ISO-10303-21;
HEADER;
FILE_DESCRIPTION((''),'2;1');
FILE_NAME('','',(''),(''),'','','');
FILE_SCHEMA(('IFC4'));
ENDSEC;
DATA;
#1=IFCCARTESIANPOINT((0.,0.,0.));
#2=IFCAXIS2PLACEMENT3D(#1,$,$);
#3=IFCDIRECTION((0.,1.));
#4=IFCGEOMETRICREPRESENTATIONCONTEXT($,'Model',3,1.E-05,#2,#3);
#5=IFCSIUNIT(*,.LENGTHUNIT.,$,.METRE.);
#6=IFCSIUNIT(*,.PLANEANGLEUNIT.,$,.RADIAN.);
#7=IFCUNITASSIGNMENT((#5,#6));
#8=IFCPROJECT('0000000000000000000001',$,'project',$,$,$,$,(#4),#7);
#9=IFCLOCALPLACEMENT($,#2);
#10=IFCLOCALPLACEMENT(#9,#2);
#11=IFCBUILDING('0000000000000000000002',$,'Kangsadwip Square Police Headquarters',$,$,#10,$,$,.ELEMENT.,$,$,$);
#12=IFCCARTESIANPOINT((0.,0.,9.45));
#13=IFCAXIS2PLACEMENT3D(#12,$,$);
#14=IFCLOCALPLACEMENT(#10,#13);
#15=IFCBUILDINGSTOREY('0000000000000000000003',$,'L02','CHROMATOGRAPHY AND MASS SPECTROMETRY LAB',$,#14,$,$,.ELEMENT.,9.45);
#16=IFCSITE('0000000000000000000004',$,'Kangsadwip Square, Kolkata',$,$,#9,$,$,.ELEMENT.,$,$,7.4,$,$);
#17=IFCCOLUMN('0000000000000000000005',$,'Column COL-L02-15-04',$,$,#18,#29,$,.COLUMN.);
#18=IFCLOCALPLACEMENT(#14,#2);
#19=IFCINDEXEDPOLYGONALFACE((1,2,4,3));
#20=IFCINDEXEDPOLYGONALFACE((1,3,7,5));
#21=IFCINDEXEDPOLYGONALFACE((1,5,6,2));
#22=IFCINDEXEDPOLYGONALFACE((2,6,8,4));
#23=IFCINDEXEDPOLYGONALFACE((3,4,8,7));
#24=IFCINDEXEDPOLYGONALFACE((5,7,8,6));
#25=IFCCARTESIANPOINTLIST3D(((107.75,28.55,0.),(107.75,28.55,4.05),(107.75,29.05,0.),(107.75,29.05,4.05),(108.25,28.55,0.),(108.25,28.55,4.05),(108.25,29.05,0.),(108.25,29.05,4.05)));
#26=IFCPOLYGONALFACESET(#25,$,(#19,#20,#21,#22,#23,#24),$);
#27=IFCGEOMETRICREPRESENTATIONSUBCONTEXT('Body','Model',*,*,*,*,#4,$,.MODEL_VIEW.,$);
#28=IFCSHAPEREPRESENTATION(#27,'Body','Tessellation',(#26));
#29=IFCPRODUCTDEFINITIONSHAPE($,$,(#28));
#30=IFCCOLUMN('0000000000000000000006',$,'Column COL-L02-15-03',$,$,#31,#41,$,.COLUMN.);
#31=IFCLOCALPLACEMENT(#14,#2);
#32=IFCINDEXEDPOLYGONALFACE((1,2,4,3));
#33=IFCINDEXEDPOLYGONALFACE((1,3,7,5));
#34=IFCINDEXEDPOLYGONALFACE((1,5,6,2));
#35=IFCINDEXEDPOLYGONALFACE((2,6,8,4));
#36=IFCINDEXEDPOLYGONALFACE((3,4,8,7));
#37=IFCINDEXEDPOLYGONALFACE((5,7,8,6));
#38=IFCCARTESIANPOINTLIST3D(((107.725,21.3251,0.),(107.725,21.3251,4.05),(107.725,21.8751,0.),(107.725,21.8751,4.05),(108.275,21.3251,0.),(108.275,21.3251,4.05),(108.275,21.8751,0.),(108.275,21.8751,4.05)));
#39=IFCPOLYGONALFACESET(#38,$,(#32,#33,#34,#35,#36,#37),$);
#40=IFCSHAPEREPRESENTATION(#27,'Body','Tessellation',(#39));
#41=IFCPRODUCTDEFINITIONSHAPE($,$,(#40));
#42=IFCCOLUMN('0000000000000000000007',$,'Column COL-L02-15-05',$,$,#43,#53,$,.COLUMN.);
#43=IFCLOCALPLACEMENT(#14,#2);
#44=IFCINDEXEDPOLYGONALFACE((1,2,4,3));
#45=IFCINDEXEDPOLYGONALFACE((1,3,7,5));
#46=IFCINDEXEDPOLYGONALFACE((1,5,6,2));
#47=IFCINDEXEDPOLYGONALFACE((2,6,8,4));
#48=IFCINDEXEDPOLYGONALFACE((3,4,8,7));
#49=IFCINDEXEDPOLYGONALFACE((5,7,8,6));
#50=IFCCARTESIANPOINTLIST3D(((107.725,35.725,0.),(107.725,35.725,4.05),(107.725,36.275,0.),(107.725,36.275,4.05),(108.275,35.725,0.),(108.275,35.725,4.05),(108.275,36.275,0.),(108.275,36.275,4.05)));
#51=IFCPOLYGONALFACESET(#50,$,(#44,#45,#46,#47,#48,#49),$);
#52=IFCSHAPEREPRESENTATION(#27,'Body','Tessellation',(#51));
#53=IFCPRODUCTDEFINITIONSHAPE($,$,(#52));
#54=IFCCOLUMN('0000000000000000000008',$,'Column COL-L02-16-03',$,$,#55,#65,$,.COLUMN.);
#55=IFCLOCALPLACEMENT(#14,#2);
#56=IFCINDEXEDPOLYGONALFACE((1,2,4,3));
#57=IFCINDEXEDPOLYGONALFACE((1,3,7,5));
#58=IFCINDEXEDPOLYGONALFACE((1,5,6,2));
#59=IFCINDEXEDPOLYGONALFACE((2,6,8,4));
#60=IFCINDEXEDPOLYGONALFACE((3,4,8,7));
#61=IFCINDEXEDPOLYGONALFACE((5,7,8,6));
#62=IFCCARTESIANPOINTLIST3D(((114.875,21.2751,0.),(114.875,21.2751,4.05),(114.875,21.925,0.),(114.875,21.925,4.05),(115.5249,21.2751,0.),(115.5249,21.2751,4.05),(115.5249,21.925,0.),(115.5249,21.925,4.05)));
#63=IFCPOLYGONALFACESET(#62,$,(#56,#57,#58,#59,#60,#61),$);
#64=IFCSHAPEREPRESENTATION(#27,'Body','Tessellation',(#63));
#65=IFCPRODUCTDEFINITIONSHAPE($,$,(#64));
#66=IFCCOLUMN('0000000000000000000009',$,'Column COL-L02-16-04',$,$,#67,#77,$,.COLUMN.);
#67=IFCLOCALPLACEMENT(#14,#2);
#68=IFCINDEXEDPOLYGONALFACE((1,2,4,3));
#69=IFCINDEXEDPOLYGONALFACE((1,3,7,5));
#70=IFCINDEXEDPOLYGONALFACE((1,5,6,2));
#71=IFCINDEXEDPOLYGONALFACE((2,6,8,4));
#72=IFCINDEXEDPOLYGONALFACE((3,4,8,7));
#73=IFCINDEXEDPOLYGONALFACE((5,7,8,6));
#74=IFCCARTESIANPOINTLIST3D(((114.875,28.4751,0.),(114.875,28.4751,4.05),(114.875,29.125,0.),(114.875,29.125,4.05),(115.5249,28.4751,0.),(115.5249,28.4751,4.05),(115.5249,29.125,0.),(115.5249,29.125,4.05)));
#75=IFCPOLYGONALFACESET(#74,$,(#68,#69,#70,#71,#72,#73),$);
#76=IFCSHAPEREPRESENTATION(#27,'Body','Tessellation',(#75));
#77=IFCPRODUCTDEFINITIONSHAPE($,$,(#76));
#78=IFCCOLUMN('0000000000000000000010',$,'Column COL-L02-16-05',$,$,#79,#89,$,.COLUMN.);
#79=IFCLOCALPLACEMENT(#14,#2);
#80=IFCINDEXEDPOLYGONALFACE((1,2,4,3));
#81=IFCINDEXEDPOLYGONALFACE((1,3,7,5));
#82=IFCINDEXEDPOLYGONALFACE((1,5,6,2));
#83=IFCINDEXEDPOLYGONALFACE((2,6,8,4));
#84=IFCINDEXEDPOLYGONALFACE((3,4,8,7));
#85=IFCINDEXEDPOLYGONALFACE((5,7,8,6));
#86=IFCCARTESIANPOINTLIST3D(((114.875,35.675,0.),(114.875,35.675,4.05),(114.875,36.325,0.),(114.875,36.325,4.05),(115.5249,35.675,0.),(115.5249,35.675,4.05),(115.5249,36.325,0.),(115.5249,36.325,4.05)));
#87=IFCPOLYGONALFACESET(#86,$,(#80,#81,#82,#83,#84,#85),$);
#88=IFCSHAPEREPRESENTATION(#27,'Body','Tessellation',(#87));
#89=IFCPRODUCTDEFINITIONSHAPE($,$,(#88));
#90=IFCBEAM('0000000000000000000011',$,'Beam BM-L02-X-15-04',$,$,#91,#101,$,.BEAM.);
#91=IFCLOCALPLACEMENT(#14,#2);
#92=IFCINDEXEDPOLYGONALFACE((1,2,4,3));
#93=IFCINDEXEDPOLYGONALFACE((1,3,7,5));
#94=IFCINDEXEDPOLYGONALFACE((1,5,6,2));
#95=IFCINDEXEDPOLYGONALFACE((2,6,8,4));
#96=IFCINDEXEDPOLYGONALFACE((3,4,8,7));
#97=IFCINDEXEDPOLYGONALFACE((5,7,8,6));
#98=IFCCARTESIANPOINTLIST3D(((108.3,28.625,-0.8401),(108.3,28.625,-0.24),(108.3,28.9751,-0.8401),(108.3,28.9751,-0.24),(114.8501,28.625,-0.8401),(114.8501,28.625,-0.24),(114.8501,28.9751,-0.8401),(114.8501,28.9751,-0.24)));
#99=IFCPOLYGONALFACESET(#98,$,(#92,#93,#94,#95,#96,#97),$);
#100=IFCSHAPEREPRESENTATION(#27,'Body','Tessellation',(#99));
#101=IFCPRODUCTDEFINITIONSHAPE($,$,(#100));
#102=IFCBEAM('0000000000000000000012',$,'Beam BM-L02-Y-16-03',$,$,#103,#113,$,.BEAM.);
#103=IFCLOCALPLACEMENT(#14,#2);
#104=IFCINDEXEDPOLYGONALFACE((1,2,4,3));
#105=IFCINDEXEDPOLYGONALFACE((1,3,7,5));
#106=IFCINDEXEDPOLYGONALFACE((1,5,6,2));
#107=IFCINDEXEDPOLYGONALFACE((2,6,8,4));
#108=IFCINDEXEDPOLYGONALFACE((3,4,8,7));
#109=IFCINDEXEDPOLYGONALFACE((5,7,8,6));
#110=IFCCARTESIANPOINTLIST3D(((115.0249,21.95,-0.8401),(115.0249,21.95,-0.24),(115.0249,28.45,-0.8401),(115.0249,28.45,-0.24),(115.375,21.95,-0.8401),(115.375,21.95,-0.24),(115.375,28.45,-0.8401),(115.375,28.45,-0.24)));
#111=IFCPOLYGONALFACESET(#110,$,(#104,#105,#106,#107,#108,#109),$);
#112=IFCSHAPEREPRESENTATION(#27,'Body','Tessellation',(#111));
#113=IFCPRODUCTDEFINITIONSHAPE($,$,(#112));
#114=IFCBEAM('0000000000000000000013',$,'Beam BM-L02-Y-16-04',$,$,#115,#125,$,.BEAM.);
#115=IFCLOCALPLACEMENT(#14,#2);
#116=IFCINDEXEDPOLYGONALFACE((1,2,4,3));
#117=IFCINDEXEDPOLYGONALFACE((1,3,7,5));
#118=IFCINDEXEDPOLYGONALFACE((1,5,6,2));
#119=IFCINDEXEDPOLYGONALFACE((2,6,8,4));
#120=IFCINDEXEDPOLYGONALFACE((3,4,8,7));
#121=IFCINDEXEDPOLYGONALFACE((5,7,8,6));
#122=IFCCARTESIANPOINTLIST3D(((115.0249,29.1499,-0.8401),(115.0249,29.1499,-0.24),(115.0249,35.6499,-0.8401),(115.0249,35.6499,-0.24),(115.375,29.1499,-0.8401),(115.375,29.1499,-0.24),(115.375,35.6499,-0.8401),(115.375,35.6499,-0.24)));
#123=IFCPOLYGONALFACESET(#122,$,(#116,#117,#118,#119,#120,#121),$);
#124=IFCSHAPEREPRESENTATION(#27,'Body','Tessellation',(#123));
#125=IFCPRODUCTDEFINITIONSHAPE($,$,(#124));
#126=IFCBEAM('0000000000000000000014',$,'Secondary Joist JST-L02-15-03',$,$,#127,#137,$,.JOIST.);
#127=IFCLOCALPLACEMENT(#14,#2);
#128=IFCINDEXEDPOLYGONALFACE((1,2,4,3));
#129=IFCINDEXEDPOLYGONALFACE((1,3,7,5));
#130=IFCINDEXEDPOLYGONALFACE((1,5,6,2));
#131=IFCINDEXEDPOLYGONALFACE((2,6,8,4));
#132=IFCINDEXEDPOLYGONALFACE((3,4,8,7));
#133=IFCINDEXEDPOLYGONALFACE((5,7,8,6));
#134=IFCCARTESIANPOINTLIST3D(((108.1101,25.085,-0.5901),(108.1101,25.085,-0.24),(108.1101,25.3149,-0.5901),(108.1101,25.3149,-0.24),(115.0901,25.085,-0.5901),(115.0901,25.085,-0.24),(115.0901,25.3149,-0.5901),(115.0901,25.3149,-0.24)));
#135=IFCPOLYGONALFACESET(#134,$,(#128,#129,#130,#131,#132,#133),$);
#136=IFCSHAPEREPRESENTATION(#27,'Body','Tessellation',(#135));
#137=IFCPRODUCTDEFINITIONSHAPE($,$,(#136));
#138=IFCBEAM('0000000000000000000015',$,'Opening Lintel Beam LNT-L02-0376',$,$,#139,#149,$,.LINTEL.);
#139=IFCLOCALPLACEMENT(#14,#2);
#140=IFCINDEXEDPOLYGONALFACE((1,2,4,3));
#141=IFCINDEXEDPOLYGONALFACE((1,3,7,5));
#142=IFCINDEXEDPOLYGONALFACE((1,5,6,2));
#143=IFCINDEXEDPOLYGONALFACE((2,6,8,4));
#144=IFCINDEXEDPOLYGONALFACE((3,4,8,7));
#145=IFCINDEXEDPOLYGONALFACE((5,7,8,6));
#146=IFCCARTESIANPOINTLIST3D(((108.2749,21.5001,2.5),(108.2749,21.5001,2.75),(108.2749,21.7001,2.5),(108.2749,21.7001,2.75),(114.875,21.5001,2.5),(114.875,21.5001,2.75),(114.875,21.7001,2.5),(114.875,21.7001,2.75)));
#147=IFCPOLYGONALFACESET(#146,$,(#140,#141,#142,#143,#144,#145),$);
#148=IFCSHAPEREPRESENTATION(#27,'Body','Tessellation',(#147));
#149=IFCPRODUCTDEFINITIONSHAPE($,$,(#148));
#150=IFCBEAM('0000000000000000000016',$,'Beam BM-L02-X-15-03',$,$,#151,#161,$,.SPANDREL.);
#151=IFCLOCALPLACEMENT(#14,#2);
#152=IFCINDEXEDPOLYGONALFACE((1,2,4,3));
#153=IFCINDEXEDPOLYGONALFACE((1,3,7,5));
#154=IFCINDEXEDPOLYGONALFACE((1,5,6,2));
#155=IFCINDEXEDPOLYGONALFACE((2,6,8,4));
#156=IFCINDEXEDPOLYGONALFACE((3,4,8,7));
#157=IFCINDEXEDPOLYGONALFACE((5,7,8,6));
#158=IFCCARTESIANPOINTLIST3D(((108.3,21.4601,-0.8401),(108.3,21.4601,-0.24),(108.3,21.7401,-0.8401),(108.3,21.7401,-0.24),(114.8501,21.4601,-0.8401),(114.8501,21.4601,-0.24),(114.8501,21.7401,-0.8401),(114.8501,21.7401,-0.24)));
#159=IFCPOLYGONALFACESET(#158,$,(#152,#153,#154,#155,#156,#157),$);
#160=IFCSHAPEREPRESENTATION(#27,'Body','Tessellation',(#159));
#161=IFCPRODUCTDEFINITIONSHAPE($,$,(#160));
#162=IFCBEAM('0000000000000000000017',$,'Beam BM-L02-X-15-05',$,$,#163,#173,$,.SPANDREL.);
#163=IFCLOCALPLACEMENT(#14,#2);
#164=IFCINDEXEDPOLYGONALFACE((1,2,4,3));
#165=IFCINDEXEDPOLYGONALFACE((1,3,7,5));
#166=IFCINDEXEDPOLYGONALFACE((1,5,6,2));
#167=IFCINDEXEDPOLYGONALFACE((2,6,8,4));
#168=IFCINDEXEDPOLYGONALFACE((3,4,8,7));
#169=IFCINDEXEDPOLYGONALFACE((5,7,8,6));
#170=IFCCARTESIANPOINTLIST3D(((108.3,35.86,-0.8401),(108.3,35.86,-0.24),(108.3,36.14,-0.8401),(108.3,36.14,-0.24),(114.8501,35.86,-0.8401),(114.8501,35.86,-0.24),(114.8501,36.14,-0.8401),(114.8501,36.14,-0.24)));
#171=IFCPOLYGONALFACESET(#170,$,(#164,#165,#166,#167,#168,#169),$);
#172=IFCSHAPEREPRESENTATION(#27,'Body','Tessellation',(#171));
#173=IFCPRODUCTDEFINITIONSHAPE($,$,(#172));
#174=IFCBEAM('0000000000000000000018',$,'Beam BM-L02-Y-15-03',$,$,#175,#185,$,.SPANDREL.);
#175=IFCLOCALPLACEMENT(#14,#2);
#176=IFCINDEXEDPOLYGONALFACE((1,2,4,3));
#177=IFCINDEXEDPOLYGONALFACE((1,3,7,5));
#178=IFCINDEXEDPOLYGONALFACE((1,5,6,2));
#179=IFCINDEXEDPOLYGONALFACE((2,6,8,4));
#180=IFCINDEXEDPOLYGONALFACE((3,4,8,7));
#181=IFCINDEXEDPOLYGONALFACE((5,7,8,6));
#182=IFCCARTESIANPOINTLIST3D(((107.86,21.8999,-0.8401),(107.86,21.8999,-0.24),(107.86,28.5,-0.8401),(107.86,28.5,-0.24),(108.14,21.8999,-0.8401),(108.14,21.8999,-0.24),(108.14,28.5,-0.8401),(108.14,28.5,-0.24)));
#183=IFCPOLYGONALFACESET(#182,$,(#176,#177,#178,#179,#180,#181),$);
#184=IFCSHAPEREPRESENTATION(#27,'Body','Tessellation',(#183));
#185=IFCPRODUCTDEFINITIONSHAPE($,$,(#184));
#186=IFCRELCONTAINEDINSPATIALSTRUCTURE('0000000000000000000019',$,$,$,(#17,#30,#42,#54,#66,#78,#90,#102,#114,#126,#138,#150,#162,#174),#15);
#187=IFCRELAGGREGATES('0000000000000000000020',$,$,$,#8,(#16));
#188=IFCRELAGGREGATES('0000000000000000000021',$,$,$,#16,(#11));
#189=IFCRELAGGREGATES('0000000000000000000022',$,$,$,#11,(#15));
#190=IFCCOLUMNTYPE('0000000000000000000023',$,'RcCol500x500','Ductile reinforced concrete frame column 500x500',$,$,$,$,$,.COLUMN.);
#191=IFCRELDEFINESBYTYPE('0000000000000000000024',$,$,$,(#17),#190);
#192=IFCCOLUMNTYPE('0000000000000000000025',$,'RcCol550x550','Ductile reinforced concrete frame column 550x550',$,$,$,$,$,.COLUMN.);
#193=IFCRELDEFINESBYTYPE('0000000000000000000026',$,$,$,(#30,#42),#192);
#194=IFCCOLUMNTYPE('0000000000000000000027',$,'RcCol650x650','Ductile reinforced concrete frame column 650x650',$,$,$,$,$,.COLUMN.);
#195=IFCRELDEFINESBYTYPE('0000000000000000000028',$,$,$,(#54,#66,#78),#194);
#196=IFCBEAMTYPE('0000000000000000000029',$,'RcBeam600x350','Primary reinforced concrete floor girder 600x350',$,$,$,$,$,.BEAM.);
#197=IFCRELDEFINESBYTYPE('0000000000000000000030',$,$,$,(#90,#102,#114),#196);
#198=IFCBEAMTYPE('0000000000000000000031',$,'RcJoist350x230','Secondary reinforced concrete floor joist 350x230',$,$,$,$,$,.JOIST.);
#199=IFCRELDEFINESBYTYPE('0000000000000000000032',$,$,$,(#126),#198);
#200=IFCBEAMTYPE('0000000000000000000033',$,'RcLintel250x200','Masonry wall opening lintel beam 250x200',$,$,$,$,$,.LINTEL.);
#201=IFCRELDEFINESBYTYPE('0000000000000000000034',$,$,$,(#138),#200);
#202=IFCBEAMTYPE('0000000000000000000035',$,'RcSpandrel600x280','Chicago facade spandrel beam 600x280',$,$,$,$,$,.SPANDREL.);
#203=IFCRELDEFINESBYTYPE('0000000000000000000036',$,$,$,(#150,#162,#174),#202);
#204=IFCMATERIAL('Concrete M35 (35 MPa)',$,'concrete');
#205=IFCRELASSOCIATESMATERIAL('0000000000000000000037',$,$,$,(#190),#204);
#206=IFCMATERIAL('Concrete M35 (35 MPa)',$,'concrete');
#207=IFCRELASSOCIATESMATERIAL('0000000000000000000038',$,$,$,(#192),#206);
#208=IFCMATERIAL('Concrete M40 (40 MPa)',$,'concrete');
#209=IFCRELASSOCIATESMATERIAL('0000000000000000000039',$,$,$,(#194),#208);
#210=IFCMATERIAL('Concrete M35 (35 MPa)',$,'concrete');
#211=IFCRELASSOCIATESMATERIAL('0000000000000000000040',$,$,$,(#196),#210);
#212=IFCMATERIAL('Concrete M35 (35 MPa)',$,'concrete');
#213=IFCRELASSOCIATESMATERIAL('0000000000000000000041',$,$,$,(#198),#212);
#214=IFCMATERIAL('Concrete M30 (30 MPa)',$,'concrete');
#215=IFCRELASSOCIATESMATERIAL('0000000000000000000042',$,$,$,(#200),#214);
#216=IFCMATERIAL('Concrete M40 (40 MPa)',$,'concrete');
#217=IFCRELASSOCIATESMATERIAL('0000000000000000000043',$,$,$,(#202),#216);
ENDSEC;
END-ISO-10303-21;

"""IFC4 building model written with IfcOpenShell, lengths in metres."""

from ifc_helpers import new_model, si_unit, direction, frame, origin, origin_2d, place, context, subcontext, project, spatial, rectangle, extrude, material, material_profile, profile_set, type_object, element, save


model = new_model("IFC4")

# Units and contexts
model_context = context("Model", 3, precision=1e-05, world=origin(), true_north=direction((0.0, 1.0)))
body_context = subcontext(model_context, "Body", "Model", "MODEL_VIEW")
ifc_project = project(units=[si_unit("LENGTHUNIT", "METRE"), si_unit("PLANEANGLEUNIT", "RADIAN")], contexts=[model_context])

# Site, building, storey
site_placement = place(None, origin())
site = spatial("IfcSite", under=ifc_project, at=site_placement, Name="Kangsadwip Square, Kolkata", CompositionType="ELEMENT", RefElevation=7.4)
building_placement = place(site_placement, origin())
building = spatial("IfcBuilding", under=site, at=building_placement, Name="Kangsadwip Square Police Headquarters", CompositionType="ELEMENT")
storey_placement = place(building_placement, frame((0.0, 0.0, 9.45)))
storey = spatial("IfcBuildingStorey", under=building, at=storey_placement, Name="L02", Description="CHROMATOGRAPHY AND MASS SPECTROMETRY LAB", CompositionType="ELEMENT", Elevation=9.45)

# Columns
ifc_material_1 = material(Name="Concrete M35 (35 MPa)", Category="concrete")
ifc_material_profile_1 = material_profile(ifc_material_1, rectangle(XDim=0.5, YDim=0.5, at=origin_2d()), Name="RC COL 500X500")
ifc_profile_set_1 = profile_set([ifc_material_profile_1], Name="Concrete M35 (35 MPa)")
column_type_1 = type_object("IfcColumnType", Name="RcCol500x500", Description="Ductile reinforced concrete frame column 500x500", PredefinedType="COLUMN", material=ifc_profile_set_1)
column_placement = place(storey_placement, frame((108.0, 28.8, 0.0), z_axis=(0.0, 0.0, 1.0), x_axis=(1.0, 0.0, 0.0)))
element("IfcColumn", 1, at=column_placement, inside=storey, type_object=column_type_1, Name="Column COL-L02-15-04", PredefinedType="COLUMN", context=body_context, shape_type="SweptSolid", body=[
    extrude(rectangle(XDim=0.5, YDim=0.5, at=origin_2d()), origin(), (0.0, 0.0, 1.0), 4.05),
])
ifc_material_2 = material(Name="Concrete M35 (35 MPa)", Category="concrete")
ifc_material_profile_2 = material_profile(ifc_material_2, rectangle(XDim=0.55, YDim=0.55, at=origin_2d()), Name="RC COL 550X550")
ifc_profile_set_2 = profile_set([ifc_material_profile_2], Name="Concrete M35 (35 MPa)")
column_type_2 = type_object("IfcColumnType", Name="RcCol550x550", Description="Ductile reinforced concrete frame column 550x550", PredefinedType="COLUMN", material=ifc_profile_set_2)
for number, where, z_axis, x_axis, name in (
    (2, (108.0, 21.6001, 0.0), (0.0, 0.0, 1.0), (1.0, 0.0, 0.0), "Column COL-L02-15-03"),
    (3, (108.0, 36.0, 0.0), (0.0, 0.0, 1.0), (1.0, 0.0, 0.0), "Column COL-L02-15-05"),
):
    element("IfcColumn", number, at=place(storey_placement, frame(where, z_axis=z_axis, x_axis=x_axis)), inside=storey, type_object=column_type_2, Name=name, PredefinedType="COLUMN", context=body_context, shape_type="SweptSolid", body=[
        extrude(rectangle(XDim=0.55, YDim=0.55, at=origin_2d()), origin(), (0.0, 0.0, 1.0), 4.05),
    ])
ifc_material_3 = material(Name="Concrete M40 (40 MPa)", Category="concrete")
ifc_material_profile_3 = material_profile(ifc_material_3, rectangle(XDim=0.6499, YDim=0.6499, at=origin_2d()), Name="RC COL 650X650")
ifc_profile_set_3 = profile_set([ifc_material_profile_3], Name="Concrete M40 (40 MPa)")
column_type_3 = type_object("IfcColumnType", Name="RcCol650x650", Description="Ductile reinforced concrete frame column 650x650", PredefinedType="COLUMN", material=ifc_profile_set_3)
for number, where, z_axis, x_axis, name in (
    (4, (115.2, 21.6001, 0.0), (0.0, 0.0, 1.0), (1.0, 0.0, 0.0), "Column COL-L02-16-03"),
    (5, (115.2, 28.8, 0.0), (0.0, 0.0, 1.0), (1.0, 0.0, 0.0), "Column COL-L02-16-04"),
    (6, (115.2, 36.0, 0.0), (0.0, 0.0, 1.0), (1.0, 0.0, 0.0), "Column COL-L02-16-05"),
):
    element("IfcColumn", number, at=place(storey_placement, frame(where, z_axis=z_axis, x_axis=x_axis)), inside=storey, type_object=column_type_3, Name=name, PredefinedType="COLUMN", context=body_context, shape_type="SweptSolid", body=[
        extrude(rectangle(XDim=0.6499, YDim=0.6499, at=origin_2d()), origin(), (0.0, 0.0, 1.0), 4.05),
    ])

# Beams
ifc_material_4 = material(Name="Concrete M35 (35 MPa)", Category="concrete")
ifc_material_profile_4 = material_profile(ifc_material_4, rectangle(XDim=0.3501, YDim=0.6001, at=origin_2d()), Name="RC BM 600X350")
ifc_profile_set_4 = profile_set([ifc_material_profile_4], Name="Concrete M35 (35 MPa)")
beam_type_1 = type_object("IfcBeamType", Name="RcBeam600x350", Description="Primary reinforced concrete floor girder 600x350", PredefinedType="BEAM", material=ifc_profile_set_4)
beam_1_placement = place(storey_placement, frame((108.3, 28.8, -0.54), z_axis=(1.0, 0.0, 0.0), x_axis=(0.0, 1.0, 0.0)))
element("IfcBeam", 7, at=beam_1_placement, inside=storey, type_object=beam_type_1, Name="Beam BM-L02-X-15-04", PredefinedType="BEAM", context=body_context, shape_type="SweptSolid", body=[
    extrude(rectangle(XDim=0.3501, YDim=0.6001, at=origin_2d()), origin(), (0.0, 0.0, 1.0), 6.55),
])
for number, where, z_axis, x_axis, name in (
    (8, (115.2, 21.95, -0.54), (0.0, 1.0, 0.0), (-1.0, 0.0, 0.0), "Beam BM-L02-Y-16-03"),
    (9, (115.2, 29.1499, -0.54), (0.0, 1.0, 0.0), (-1.0, 0.0, 0.0), "Beam BM-L02-Y-16-04"),
):
    element("IfcBeam", number, at=place(storey_placement, frame(where, z_axis=z_axis, x_axis=x_axis)), inside=storey, type_object=beam_type_1, Name=name, PredefinedType="BEAM", context=body_context, shape_type="SweptSolid", body=[
        extrude(rectangle(XDim=0.3501, YDim=0.6001, at=origin_2d()), origin(), (0.0, 0.0, 1.0), 6.5),
    ])
ifc_material_5 = material(Name="Concrete M35 (35 MPa)", Category="concrete")
ifc_material_profile_5 = material_profile(ifc_material_5, rectangle(XDim=0.23, YDim=0.3501, at=origin_2d()), Name="RC JST 350X230")
ifc_profile_set_5 = profile_set([ifc_material_profile_5], Name="Concrete M35 (35 MPa)")
beam_type_2 = type_object("IfcBeamType", Name="RcJoist350x230", Description="Secondary reinforced concrete floor joist 350x230", PredefinedType="JOIST", material=ifc_profile_set_5)
beam_2_placement = place(storey_placement, frame((108.1101, 25.2, -0.415), z_axis=(1.0, 0.0, 0.0), x_axis=(0.0, 1.0, 0.0)))
element("IfcBeam", 10, at=beam_2_placement, inside=storey, type_object=beam_type_2, Name="Secondary Joist JST-L02-15-03", PredefinedType="JOIST", context=body_context, shape_type="SweptSolid", body=[
    extrude(rectangle(XDim=0.23, YDim=0.3501, at=origin_2d()), origin(), (0.0, 0.0, 1.0), 6.98),
])
ifc_material_6 = material(Name="Concrete M30 (30 MPa)", Category="concrete")
ifc_material_profile_6 = material_profile(ifc_material_6, rectangle(XDim=0.2, YDim=0.25, at=origin_2d()), Name="RC LNT 250X200")
ifc_profile_set_6 = profile_set([ifc_material_profile_6], Name="Concrete M30 (30 MPa)")
beam_type_3 = type_object("IfcBeamType", Name="RcLintel250x200", Description="Masonry wall opening lintel beam 250x200", PredefinedType="LINTEL", material=ifc_profile_set_6)
beam_3_placement = place(storey_placement, frame((108.2749, 21.6001, 2.625), z_axis=(1.0, 0.0, 0.0), x_axis=(0.0, 1.0, 0.0)))
element("IfcBeam", 11, at=beam_3_placement, inside=storey, type_object=beam_type_3, Name="Opening Lintel Beam LNT-L02-0376", PredefinedType="LINTEL", context=body_context, shape_type="SweptSolid", body=[
    extrude(rectangle(XDim=0.2, YDim=0.25, at=origin_2d()), origin(), (0.0, 0.0, 1.0), 6.6001),
])
ifc_material_7 = material(Name="Concrete M40 (40 MPa)", Category="concrete")
ifc_material_profile_7 = material_profile(ifc_material_7, rectangle(XDim=0.28, YDim=0.6001, at=origin_2d()), Name="RC SPN 600X280")
ifc_profile_set_7 = profile_set([ifc_material_profile_7], Name="Concrete M40 (40 MPa)")
beam_type_4 = type_object("IfcBeamType", Name="RcSpandrel600x280", Description="Chicago facade spandrel beam 600x280", PredefinedType="SPANDREL", material=ifc_profile_set_7)
for number, where, z_axis, x_axis, name in (
    (12, (108.3, 21.6001, -0.54), (1.0, 0.0, 0.0), (0.0, 1.0, 0.0), "Beam BM-L02-X-15-03"),
    (13, (108.3, 36.0, -0.54), (1.0, 0.0, 0.0), (0.0, 1.0, 0.0), "Beam BM-L02-X-15-05"),
):
    element("IfcBeam", number, at=place(storey_placement, frame(where, z_axis=z_axis, x_axis=x_axis)), inside=storey, type_object=beam_type_4, Name=name, PredefinedType="SPANDREL", context=body_context, shape_type="SweptSolid", body=[
        extrude(rectangle(XDim=0.28, YDim=0.6001, at=origin_2d()), origin(), (0.0, 0.0, 1.0), 6.55),
    ])
beam_4_placement = place(storey_placement, frame((108.0, 21.8999, -0.54), z_axis=(0.0, 1.0, 0.0), x_axis=(-1.0, 0.0, 0.0)))
element("IfcBeam", 14, at=beam_4_placement, inside=storey, type_object=beam_type_4, Name="Beam BM-L02-Y-15-03", PredefinedType="SPANDREL", context=body_context, shape_type="SweptSolid", body=[
    extrude(rectangle(XDim=0.28, YDim=0.6001, at=origin_2d()), origin(), (0.0, 0.0, 1.0), 6.6001),
])

save(model, "model.ifc")
